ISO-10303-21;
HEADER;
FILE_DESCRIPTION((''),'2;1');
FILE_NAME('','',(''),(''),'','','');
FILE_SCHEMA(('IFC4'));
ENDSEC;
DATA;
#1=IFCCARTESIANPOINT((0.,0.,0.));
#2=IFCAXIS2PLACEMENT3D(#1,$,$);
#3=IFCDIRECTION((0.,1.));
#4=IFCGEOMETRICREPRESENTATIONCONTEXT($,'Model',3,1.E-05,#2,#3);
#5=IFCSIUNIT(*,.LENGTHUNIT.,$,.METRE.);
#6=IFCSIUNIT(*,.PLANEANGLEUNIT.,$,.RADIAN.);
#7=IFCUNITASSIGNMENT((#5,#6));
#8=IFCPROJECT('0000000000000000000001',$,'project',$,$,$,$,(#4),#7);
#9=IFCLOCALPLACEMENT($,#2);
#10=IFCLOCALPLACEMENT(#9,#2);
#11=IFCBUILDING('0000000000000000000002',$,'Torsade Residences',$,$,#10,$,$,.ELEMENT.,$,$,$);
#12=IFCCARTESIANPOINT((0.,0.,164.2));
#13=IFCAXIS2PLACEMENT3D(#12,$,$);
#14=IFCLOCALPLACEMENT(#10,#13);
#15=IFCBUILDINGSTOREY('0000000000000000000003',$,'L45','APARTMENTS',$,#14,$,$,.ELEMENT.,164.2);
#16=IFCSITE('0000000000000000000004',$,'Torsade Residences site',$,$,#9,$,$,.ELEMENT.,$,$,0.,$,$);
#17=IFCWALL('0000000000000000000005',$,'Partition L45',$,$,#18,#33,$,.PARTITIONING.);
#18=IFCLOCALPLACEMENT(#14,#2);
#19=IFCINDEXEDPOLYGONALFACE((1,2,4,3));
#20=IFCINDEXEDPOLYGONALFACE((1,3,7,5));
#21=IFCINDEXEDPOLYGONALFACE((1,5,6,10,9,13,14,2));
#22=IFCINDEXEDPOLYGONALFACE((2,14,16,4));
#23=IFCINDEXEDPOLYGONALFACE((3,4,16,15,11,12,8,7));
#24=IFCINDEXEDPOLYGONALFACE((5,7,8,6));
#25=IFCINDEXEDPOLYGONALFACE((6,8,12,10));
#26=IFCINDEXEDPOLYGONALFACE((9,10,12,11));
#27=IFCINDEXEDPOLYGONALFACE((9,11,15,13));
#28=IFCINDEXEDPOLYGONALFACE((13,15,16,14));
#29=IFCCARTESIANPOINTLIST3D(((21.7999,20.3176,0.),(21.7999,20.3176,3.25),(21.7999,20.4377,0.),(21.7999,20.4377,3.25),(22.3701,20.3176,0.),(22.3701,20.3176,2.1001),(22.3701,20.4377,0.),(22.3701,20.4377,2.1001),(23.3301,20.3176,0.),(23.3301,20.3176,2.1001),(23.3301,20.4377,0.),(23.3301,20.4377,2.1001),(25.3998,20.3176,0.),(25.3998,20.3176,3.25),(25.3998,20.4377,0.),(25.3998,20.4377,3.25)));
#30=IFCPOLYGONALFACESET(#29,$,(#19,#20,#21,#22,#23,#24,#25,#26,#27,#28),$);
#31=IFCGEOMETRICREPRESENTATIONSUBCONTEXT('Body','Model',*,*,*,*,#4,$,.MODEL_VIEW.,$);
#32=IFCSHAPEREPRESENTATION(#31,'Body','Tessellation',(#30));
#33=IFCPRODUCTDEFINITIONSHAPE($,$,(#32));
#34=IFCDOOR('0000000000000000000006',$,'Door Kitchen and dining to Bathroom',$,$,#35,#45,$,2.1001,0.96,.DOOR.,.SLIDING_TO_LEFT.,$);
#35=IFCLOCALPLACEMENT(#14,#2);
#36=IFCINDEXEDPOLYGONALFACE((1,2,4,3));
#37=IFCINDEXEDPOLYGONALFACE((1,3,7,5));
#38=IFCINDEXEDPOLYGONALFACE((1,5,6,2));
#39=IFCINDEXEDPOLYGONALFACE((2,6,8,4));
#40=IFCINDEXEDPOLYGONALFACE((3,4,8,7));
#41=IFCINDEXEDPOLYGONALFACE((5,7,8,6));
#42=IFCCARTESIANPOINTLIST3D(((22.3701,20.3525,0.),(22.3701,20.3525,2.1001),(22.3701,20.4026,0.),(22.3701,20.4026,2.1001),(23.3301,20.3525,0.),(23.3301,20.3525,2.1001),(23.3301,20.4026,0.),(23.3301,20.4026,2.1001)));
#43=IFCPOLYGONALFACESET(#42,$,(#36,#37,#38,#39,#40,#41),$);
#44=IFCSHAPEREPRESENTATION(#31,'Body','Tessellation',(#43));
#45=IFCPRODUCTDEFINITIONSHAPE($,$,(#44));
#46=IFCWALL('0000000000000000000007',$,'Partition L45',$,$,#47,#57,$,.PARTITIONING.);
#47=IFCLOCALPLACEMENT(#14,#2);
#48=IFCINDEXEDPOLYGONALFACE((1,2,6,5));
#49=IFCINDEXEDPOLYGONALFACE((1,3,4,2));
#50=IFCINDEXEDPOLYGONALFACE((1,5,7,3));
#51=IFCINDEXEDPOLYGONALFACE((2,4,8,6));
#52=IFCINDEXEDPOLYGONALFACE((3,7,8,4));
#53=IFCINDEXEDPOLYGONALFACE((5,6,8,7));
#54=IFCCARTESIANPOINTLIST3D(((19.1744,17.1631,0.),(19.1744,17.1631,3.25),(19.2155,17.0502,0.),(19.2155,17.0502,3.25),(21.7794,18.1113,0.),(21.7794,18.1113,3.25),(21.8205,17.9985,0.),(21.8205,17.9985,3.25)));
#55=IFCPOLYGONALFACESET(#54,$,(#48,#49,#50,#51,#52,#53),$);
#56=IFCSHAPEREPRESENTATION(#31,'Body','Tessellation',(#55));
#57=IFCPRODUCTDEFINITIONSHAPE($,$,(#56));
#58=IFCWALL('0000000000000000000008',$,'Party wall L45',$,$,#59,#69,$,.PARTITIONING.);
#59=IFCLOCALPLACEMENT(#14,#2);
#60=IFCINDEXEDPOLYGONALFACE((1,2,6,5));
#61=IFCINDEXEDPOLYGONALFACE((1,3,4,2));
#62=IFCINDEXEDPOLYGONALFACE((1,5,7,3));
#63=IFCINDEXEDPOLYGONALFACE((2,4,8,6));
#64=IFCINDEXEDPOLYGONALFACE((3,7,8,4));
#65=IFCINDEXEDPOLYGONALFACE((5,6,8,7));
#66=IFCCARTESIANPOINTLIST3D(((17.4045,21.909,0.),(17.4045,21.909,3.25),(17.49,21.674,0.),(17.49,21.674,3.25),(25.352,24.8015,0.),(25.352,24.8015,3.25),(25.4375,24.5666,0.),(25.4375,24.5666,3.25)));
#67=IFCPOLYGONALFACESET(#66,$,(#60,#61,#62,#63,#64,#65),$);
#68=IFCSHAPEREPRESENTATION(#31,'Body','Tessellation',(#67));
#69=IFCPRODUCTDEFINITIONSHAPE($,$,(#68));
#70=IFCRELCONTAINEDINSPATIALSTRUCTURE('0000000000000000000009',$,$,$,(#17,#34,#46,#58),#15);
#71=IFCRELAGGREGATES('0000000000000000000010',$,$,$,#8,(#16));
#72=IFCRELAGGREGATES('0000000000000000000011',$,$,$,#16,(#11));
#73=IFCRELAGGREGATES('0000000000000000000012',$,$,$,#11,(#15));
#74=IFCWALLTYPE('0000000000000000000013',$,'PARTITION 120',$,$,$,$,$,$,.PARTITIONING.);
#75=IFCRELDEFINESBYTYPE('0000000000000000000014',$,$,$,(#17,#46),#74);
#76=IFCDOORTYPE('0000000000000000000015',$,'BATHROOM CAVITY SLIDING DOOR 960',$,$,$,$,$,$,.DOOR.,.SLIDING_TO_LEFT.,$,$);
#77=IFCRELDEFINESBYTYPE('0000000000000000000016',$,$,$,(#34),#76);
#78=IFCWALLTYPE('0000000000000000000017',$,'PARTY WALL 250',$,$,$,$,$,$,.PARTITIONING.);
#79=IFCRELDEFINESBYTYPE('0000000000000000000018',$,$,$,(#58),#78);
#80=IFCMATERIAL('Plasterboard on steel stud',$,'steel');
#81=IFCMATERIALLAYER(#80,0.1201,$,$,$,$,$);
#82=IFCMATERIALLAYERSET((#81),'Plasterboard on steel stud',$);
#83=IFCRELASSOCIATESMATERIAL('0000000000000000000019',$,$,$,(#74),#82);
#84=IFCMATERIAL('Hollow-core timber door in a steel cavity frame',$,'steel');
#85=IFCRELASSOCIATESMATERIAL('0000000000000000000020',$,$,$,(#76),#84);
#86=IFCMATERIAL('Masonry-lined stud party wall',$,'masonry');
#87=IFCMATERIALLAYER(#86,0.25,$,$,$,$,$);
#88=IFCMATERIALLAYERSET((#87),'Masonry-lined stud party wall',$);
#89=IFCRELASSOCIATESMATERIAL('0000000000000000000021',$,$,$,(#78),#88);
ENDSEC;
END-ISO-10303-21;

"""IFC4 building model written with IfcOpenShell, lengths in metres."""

from ifc_helpers import new_model, si_unit, direction, frame, frame_2d, origin, place, context, subcontext, project, spatial, rectangle, extrude, material, layer, layer_set, type_object, element, fill, save


model = new_model("IFC4")

# Units and contexts
model_context = context("Model", 3, precision=1e-05, world=origin(), true_north=direction((0.0, 1.0)))
body_context = subcontext(model_context, "Body", "Model", "MODEL_VIEW")
ifc_project = project(units=[si_unit("LENGTHUNIT", "METRE"), si_unit("PLANEANGLEUNIT", "RADIAN")], contexts=[model_context])

# Site, building, storey
site_placement = place(None, origin())
site = spatial("IfcSite", under=ifc_project, at=site_placement, Name="Torsade Residences site", CompositionType="ELEMENT", RefElevation=0.0)
building_placement = place(site_placement, origin())
building = spatial("IfcBuilding", under=site, at=building_placement, Name="Torsade Residences", CompositionType="ELEMENT")
storey_placement = place(building_placement, frame((0.0, 0.0, 164.2)))
storey = spatial("IfcBuildingStorey", under=building, at=storey_placement, Name="L45", Description="APARTMENTS", CompositionType="ELEMENT", Elevation=164.2)

# Wall, opening, door
ifc_material_1 = material(Name="Plasterboard on steel stud", Category="steel")
ifc_layer_1 = layer(ifc_material_1, 0.1201)
ifc_layer_set_1 = layer_set([ifc_layer_1], Name="Plasterboard on steel stud")
wall_type_1 = type_object("IfcWallType", Name="PARTITION 120", PredefinedType="PARTITIONING", material=ifc_layer_set_1)
wall_1_placement = place(storey_placement, frame((21.8, 20.3777, 0.0), z_axis=(0.0, 0.0, 1.0), x_axis=(1.0, 0.0, 0.0)))
wall_1 = element("IfcWall", 1, at=wall_1_placement, inside=storey, type_object=wall_type_1, Name="Partition L45", PredefinedType="PARTITIONING", context=body_context, shape_type="SweptSolid", body=[
    extrude(rectangle(XDim=3.5999, YDim=0.1201, at=frame_2d((1.7998, 0.0))), origin(), (0.0, 0.0, 1.0), 3.25),
])
opening_1_placement = place(wall_1_placement, frame((0.5701, 0.0, 0.0)))
opening_1 = element("IfcOpeningElement", 2, at=opening_1_placement, cuts=wall_1, PredefinedType="OPENING", context=body_context, shape_type="SweptSolid", body=[
    extrude(rectangle(XDim=0.96, YDim=2.1001, at=frame_2d((0.48, 1.05))), frame((0.0, 0.0701, 0.0), z_axis=(0.0, -1.0, 0.0), x_axis=(1.0, 0.0, 0.0)), (0.0, 0.0, 1.0), 0.1401),
])
ifc_material_2 = material(Name="Hollow-core timber door in a steel cavity frame", Category="steel")
door_type_1 = type_object("IfcDoorType", Name="BATHROOM CAVITY SLIDING DOOR 960", OperationType="SLIDING_TO_LEFT", PredefinedType="DOOR", material=ifc_material_2)
door_1_placement = place(opening_1_placement, origin())
door_1 = element("IfcDoor", 3, at=door_1_placement, inside=storey, type_object=door_type_1, Name="Door Kitchen and dining to Bathroom", OperationType="SLIDING_TO_LEFT", OverallHeight=2.1001, OverallWidth=0.96, PredefinedType="DOOR", context=body_context, shape_type="SweptSolid", body=[
    extrude(rectangle(XDim=0.96, YDim=2.1001, at=frame_2d((0.48, 1.05))), frame((0.0, 0.0249, 0.0), z_axis=(0.0, -1.0, 0.0), x_axis=(1.0, 0.0, 0.0)), (0.0, 0.0, 1.0), 0.05),
])
fill(opening_1, door_1)

# Walls
wall_2_placement = place(storey_placement, frame((21.8, 18.0549, 0.0), z_axis=(0.0, 0.0, 1.0), x_axis=(-0.93968, -0.342054, 0.0)))
element("IfcWall", 4, at=wall_2_placement, inside=storey, type_object=wall_type_1, Name="Partition L45", PredefinedType="PARTITIONING", context=body_context, shape_type="SweptSolid", body=[
    extrude(rectangle(XDim=2.7722, YDim=0.1201, at=frame_2d((1.3862, 0.0))), origin(), (0.0, 0.0, 1.0), 3.25),
])
ifc_material_3 = material(Name="Masonry-lined stud party wall", Category="masonry")
ifc_layer_2 = layer(ifc_material_3, 0.25)
ifc_layer_set_2 = layer_set([ifc_layer_2], Name="Masonry-lined stud party wall")
wall_type_2 = type_object("IfcWallType", Name="PARTY WALL 250", PredefinedType="PARTITIONING", material=ifc_layer_set_2)
wall_3_placement = place(storey_placement, frame((17.4473, 21.7915, 0.0), z_axis=(0.0, 0.0, 1.0), x_axis=(0.939696, 0.342012, 0.0)))
element("IfcWall", 5, at=wall_3_placement, inside=storey, type_object=wall_type_2, Name="Party wall L45", PredefinedType="PARTITIONING", context=body_context, shape_type="SweptSolid", body=[
    extrude(rectangle(XDim=8.4575, YDim=0.25, at=frame_2d((4.2288, 0.0))), origin(), (0.0, 0.0, 1.0), 3.25),
])

save(model, "model.ifc")
